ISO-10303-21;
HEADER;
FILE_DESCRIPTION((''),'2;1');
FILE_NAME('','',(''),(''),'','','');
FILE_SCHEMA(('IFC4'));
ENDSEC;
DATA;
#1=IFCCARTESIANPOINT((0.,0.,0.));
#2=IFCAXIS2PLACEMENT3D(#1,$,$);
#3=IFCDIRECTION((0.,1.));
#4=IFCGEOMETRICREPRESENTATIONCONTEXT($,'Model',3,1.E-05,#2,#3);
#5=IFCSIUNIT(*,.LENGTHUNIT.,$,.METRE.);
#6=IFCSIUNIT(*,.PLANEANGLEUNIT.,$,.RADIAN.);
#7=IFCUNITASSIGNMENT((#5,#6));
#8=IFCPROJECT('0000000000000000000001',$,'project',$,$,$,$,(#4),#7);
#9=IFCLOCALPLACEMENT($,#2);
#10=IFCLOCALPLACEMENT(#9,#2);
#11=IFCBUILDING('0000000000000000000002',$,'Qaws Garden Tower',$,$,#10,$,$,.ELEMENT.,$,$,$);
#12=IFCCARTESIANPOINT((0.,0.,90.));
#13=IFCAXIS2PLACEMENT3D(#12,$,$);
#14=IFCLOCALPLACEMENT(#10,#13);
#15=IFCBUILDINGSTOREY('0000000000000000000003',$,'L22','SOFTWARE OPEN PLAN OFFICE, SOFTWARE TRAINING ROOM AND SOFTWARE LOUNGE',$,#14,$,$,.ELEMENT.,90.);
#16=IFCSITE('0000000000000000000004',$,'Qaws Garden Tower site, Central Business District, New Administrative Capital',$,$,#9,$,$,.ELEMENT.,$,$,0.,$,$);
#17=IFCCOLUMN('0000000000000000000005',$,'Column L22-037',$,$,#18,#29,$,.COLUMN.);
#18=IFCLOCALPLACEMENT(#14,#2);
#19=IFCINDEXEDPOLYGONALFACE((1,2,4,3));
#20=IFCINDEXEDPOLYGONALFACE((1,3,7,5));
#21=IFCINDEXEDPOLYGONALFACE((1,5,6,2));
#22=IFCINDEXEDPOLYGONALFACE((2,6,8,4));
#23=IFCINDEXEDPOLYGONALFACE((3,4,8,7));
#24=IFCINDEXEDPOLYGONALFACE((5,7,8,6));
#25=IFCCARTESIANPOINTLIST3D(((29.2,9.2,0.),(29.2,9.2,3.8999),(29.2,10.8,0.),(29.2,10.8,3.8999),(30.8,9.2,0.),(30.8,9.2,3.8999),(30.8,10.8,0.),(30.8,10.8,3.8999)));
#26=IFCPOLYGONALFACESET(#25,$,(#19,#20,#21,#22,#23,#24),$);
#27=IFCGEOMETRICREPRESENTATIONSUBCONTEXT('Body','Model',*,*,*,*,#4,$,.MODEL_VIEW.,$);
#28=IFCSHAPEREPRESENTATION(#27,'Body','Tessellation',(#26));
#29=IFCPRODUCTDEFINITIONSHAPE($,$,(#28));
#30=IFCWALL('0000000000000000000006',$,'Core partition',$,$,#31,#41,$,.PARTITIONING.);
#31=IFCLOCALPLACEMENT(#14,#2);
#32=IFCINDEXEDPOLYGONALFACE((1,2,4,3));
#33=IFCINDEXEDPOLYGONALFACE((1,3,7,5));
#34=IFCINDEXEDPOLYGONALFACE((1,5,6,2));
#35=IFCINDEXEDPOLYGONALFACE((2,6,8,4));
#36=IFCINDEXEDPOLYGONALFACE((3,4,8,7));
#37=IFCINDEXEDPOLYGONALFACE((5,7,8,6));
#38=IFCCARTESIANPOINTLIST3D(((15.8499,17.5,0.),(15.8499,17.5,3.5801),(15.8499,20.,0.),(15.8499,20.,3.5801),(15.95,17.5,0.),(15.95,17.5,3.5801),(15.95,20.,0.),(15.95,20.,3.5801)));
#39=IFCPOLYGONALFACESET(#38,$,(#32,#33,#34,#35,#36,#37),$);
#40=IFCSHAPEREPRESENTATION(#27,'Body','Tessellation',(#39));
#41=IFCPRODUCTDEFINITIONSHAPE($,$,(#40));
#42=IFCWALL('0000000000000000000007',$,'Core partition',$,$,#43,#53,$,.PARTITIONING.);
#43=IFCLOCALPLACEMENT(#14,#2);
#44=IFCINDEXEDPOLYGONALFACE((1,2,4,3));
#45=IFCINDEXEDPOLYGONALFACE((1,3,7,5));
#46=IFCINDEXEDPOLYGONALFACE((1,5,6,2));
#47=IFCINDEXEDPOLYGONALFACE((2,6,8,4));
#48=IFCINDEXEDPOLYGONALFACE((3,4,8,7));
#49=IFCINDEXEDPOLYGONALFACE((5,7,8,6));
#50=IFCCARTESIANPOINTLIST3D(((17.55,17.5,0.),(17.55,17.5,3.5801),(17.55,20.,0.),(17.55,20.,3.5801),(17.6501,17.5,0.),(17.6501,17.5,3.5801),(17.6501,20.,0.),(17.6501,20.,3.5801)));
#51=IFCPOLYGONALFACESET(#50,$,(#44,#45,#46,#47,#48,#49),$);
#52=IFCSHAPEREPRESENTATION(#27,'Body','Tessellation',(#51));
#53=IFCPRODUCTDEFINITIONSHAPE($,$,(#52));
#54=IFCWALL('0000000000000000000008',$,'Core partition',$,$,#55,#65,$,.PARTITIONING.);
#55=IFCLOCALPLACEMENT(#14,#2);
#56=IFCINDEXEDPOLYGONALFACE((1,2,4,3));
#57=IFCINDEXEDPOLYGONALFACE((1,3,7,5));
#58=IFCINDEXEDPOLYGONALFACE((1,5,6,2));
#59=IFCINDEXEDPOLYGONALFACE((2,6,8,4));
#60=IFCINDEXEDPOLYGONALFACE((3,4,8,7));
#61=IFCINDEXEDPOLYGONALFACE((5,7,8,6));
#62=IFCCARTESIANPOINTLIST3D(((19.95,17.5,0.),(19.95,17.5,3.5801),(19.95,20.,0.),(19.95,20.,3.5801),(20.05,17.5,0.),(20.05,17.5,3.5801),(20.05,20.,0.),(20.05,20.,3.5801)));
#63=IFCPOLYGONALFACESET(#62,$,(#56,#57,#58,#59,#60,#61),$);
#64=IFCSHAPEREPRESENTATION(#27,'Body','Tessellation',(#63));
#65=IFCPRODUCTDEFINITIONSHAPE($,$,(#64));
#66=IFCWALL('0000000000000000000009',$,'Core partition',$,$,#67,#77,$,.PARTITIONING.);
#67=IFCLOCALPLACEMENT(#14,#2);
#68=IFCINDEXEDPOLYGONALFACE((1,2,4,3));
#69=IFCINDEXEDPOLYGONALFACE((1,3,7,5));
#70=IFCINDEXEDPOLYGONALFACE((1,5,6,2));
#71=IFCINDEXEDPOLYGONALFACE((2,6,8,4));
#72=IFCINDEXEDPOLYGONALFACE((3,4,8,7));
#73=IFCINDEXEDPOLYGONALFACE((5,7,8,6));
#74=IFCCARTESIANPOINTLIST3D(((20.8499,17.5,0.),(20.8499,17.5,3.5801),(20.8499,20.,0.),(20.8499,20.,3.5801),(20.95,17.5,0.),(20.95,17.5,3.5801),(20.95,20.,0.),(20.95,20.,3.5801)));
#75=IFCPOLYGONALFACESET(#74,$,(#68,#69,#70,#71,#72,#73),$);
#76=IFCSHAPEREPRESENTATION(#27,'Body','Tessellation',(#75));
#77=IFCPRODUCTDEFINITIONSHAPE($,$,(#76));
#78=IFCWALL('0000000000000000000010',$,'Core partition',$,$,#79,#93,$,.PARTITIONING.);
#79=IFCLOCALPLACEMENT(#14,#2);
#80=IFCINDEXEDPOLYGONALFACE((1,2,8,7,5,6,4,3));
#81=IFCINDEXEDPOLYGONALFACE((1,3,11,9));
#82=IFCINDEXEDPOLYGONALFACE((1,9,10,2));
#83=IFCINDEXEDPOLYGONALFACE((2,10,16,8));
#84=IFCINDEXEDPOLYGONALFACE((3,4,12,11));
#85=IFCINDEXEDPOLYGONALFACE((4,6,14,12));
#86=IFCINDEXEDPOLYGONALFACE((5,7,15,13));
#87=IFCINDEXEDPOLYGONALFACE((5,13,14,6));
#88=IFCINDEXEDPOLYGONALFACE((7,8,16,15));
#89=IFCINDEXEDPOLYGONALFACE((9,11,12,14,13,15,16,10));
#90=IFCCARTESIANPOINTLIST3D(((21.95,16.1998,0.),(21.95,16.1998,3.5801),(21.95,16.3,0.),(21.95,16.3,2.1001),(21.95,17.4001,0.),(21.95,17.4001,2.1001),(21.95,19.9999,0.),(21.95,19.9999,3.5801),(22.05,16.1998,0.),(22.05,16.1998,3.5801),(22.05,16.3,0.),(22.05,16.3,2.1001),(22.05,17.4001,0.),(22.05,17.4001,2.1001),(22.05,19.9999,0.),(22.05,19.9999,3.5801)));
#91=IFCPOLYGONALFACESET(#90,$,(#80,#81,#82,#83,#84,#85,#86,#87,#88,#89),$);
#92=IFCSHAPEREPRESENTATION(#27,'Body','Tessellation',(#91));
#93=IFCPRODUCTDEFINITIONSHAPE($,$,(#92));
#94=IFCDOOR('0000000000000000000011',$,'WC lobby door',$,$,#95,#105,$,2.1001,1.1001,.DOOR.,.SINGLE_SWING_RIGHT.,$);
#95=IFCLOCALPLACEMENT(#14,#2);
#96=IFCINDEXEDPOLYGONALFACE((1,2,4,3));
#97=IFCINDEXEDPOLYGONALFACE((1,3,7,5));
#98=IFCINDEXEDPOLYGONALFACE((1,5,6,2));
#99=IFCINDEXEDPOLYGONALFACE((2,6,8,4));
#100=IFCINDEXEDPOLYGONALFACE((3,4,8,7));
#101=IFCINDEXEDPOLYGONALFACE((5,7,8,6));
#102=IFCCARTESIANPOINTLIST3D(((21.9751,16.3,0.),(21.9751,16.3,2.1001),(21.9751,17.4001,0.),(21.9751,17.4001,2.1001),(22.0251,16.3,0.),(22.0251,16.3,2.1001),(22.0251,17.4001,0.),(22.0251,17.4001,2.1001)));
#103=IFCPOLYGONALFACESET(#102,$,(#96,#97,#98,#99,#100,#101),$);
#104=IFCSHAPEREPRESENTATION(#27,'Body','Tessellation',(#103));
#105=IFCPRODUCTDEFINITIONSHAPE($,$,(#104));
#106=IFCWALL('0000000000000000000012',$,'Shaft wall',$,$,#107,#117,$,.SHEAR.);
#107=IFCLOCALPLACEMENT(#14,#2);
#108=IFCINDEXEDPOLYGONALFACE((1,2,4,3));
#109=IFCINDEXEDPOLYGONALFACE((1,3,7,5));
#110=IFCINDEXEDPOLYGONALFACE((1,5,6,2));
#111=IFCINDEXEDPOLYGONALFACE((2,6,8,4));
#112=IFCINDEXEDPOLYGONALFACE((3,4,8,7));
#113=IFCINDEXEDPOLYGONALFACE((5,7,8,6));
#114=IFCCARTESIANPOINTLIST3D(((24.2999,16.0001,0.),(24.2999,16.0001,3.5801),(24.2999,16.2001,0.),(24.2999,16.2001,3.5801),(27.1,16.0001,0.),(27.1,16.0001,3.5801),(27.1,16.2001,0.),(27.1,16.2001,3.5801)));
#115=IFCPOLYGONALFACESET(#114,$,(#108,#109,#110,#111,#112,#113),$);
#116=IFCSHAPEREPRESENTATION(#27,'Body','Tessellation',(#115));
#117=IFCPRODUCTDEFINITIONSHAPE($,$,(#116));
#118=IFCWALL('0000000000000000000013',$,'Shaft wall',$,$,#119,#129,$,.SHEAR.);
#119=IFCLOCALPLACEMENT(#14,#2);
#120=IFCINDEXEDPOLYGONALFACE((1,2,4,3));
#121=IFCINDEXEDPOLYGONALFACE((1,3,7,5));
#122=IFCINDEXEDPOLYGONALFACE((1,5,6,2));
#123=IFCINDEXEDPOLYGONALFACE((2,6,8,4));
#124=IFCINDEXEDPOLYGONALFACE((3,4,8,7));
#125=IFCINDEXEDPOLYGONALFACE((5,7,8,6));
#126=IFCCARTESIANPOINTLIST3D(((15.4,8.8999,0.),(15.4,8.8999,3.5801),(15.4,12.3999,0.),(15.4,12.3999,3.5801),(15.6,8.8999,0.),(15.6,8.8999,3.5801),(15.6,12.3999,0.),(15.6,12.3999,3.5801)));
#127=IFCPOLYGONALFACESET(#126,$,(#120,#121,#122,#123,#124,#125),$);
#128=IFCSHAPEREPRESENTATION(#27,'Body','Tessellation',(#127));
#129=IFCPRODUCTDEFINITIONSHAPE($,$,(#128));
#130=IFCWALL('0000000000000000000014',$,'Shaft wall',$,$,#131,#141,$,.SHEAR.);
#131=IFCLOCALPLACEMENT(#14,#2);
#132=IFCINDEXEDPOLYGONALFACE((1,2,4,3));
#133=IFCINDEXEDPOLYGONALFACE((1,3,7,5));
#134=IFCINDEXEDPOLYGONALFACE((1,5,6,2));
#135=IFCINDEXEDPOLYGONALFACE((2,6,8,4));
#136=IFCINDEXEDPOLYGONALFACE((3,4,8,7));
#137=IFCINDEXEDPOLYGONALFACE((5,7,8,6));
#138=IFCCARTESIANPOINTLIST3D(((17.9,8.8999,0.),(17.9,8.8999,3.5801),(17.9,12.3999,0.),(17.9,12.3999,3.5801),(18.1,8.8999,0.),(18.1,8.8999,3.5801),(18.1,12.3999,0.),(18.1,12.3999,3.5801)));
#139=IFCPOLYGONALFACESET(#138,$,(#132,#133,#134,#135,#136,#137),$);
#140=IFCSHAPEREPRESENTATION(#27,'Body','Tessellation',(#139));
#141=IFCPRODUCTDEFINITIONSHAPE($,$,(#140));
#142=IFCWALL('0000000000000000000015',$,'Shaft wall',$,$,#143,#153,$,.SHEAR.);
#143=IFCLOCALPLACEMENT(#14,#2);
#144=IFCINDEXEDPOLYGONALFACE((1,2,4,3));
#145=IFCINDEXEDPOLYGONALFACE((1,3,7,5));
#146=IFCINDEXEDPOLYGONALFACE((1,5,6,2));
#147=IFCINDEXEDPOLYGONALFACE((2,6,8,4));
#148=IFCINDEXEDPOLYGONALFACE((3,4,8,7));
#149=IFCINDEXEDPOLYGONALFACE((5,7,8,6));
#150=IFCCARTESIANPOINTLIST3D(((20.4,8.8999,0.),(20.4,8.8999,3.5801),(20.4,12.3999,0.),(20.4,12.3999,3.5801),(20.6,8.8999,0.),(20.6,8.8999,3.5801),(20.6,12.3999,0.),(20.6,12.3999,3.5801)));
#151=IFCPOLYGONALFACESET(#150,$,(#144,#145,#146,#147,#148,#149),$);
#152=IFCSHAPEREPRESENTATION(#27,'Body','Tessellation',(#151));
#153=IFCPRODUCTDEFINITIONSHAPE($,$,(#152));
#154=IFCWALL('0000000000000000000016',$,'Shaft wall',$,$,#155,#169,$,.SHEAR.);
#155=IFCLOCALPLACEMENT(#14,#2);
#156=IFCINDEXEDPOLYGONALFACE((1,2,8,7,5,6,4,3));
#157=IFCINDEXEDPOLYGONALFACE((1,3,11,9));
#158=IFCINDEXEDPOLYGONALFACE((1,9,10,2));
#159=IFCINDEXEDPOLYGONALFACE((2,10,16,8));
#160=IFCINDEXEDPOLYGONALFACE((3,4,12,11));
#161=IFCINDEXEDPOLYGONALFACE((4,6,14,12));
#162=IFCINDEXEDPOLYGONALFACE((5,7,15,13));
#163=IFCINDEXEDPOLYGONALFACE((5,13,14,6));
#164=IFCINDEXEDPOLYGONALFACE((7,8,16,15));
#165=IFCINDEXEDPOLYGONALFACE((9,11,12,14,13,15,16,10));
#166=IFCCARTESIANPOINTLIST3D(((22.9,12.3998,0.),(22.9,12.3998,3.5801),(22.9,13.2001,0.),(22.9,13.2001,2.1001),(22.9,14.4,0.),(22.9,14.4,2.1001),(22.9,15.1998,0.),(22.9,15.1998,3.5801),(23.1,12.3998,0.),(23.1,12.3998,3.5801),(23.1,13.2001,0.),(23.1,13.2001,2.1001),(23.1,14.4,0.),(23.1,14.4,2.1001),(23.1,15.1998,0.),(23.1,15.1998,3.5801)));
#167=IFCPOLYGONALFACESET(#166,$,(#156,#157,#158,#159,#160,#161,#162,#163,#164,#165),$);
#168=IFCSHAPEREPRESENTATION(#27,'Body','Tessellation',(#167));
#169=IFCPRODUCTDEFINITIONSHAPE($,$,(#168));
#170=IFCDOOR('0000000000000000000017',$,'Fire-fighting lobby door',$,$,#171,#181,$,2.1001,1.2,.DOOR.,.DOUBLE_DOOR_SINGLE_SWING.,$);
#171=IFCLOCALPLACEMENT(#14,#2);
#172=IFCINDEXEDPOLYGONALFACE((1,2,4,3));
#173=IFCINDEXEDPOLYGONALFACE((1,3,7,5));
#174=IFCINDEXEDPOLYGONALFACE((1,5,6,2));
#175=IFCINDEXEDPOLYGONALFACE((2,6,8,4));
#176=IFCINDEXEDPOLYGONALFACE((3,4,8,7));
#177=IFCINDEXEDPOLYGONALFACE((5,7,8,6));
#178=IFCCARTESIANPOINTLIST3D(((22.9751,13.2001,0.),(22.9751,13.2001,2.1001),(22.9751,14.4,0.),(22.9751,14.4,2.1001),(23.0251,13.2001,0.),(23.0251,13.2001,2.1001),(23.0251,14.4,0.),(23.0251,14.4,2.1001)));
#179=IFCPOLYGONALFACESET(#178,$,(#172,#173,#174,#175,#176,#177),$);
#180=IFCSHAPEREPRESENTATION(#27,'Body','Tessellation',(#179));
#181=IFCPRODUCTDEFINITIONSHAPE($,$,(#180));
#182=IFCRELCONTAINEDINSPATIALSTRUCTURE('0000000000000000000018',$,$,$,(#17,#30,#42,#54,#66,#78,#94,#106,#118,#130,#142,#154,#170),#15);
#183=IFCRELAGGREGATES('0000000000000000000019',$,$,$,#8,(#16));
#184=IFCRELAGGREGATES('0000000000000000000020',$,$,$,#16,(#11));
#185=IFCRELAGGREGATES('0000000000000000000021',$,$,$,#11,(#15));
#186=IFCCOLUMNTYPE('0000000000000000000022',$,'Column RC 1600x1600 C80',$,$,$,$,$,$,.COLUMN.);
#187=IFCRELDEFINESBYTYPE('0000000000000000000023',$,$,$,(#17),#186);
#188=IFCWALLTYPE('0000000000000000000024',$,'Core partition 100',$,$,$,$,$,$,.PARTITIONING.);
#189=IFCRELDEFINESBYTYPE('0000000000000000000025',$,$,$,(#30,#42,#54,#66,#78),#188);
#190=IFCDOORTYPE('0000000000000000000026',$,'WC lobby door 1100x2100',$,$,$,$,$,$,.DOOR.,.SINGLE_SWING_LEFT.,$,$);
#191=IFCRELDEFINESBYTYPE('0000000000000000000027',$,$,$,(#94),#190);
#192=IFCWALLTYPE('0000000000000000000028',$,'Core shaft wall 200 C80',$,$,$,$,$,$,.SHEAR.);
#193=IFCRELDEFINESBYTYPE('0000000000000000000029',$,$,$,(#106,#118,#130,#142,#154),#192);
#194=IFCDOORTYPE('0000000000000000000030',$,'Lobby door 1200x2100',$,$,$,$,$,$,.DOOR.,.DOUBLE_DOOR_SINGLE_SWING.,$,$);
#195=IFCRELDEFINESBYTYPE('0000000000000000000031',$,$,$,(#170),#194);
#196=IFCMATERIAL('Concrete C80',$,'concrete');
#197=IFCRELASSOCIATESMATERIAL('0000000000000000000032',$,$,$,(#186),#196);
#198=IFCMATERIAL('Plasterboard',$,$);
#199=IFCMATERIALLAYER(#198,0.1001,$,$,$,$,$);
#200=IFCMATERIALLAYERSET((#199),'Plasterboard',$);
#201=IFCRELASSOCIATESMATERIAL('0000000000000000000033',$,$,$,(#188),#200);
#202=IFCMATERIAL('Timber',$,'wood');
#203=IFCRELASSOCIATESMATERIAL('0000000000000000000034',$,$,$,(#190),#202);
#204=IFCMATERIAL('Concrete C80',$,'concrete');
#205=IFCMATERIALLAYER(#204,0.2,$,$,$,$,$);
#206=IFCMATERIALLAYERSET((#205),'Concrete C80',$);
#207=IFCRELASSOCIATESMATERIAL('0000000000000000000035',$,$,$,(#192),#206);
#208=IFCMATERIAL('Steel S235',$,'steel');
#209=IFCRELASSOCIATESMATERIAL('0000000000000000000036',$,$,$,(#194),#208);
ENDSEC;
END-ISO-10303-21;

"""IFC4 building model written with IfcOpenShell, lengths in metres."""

from ifc_helpers import new_model, si_unit, direction, frame, frame_2d, origin, origin_2d, place, context, subcontext, project, spatial, rectangle, extrude, material, layer, layer_set, material_profile, profile_set, type_object, element, fill, save


model = new_model("IFC4")

# Units and contexts
model_context = context("Model", 3, precision=1e-05, world=origin(), true_north=direction((0.0, 1.0)))
body_context = subcontext(model_context, "Body", "Model", "MODEL_VIEW")
ifc_project = project(units=[si_unit("LENGTHUNIT", "METRE"), si_unit("PLANEANGLEUNIT", "RADIAN")], contexts=[model_context])

# Site, building, storey
site_placement = place(None, origin())
site = spatial("IfcSite", under=ifc_project, at=site_placement, Name="Qaws Garden Tower site, Central Business District, New Administrative Capital", CompositionType="ELEMENT", RefElevation=0.0)
building_placement = place(site_placement, origin())
building = spatial("IfcBuilding", under=site, at=building_placement, Name="Qaws Garden Tower", CompositionType="ELEMENT")
storey_placement = place(building_placement, frame((0.0, 0.0, 90.0)))
storey = spatial("IfcBuildingStorey", under=building, at=storey_placement, Name="L22", Description="SOFTWARE OPEN PLAN OFFICE, SOFTWARE TRAINING ROOM AND SOFTWARE LOUNGE", CompositionType="ELEMENT", Elevation=90.0)

# Column
ifc_material_1 = material(Name="Concrete C80", Category="concrete")
ifc_material_profile = material_profile(ifc_material_1, rectangle(XDim=1.6001, YDim=1.6001, at=origin_2d()), Name="RC 1600x1600")
ifc_profile_set = profile_set([ifc_material_profile], Name="Concrete C80")
column_type = type_object("IfcColumnType", Name="Column RC 1600x1600 C80", PredefinedType="COLUMN", material=ifc_profile_set)
column_placement = place(storey_placement, frame((30.0, 10.0, 0.0), z_axis=(0.0, 0.0, 1.0), x_axis=(1.0, 0.0, 0.0)))
element("IfcColumn", 1, at=column_placement, inside=storey, type_object=column_type, Name="Column L22-037", PredefinedType="COLUMN", context=body_context, shape_type="SweptSolid", body=[
    extrude(rectangle(XDim=1.6001, YDim=1.6001, at=origin_2d()), origin(), (0.0, 0.0, 1.0), 3.8999),
])

# Walls
ifc_material_2 = material(Name="Plasterboard")
ifc_layer_1 = layer(ifc_material_2, 0.1001)
ifc_layer_set_1 = layer_set([ifc_layer_1], Name="Plasterboard")
wall_type_1 = type_object("IfcWallType", Name="Core partition 100", PredefinedType="PARTITIONING", material=ifc_layer_set_1)
for number, where, z_axis, x_axis, name in (
    (2, (15.8999, 17.5, 0.0), (0.0, 0.0, 1.0), (0.0, 1.0, 0.0), "Core partition"),
    (3, (17.6001, 17.5, 0.0), (0.0, 0.0, 1.0), (0.0, 1.0, 0.0), "Core partition"),
    (4, (20.0, 17.5, 0.0), (0.0, 0.0, 1.0), (0.0, 1.0, 0.0), "Core partition"),
    (5, (20.8999, 17.5, 0.0), (0.0, 0.0, 1.0), (0.0, 1.0, 0.0), "Core partition"),
):
    element("IfcWall", number, at=place(storey_placement, frame(where, z_axis=z_axis, x_axis=x_axis)), inside=storey, type_object=wall_type_1, Name=name, PredefinedType="PARTITIONING", context=body_context, shape_type="SweptSolid", body=[
        extrude(rectangle(XDim=2.5, YDim=0.1001, at=frame_2d((1.25, 0.0))), origin(), (0.0, 0.0, 1.0), 3.5801),
    ])

# Wall, opening, door
wall_1_placement = place(storey_placement, frame((22.0, 16.2, 0.0), z_axis=(0.0, 0.0, 1.0), x_axis=(0.0, 1.0, 0.0)))
wall_1 = element("IfcWall", 6, at=wall_1_placement, inside=storey, type_object=wall_type_1, Name="Core partition", PredefinedType="PARTITIONING", context=body_context, shape_type="SweptSolid", body=[
    extrude(rectangle(XDim=3.8, YDim=0.1001, at=frame_2d((1.8999, 0.0))), origin(), (0.0, 0.0, 1.0), 3.5801),
])
opening_1_placement = place(wall_1_placement, frame((0.1001, 0.0, 0.0)))
opening_1 = element("IfcOpeningElement", 7, at=opening_1_placement, cuts=wall_1, PredefinedType="OPENING", context=body_context, shape_type="SweptSolid", body=[
    extrude(rectangle(XDim=1.1001, YDim=2.1001, at=frame_2d((0.55, 1.05))), frame((0.0, 0.0601, 0.0), z_axis=(0.0, -1.0, 0.0), x_axis=(1.0, 0.0, 0.0)), (0.0, 0.0, 1.0), 0.1201),
])
ifc_material_3 = material(Name="Timber", Category="wood")
door_type_1 = type_object("IfcDoorType", Name="WC lobby door 1100x2100", OperationType="SINGLE_SWING_LEFT", PredefinedType="DOOR", material=ifc_material_3)
door_1_placement = place(opening_1_placement, origin())
door_1 = element("IfcDoor", 8, at=door_1_placement, inside=storey, type_object=door_type_1, Name="WC lobby door", OperationType="SINGLE_SWING_RIGHT", OverallHeight=2.1001, OverallWidth=1.1001, PredefinedType="DOOR", context=body_context, shape_type="SweptSolid", body=[
    extrude(rectangle(XDim=1.1001, YDim=2.1001, at=frame_2d((0.55, 1.05))), frame((0.0, 0.0249, 0.0), z_axis=(0.0, -1.0, 0.0), x_axis=(1.0, 0.0, 0.0)), (0.0, 0.0, 1.0), 0.05),
])
fill(opening_1, door_1)

# Walls
ifc_material_4 = material(Name="Concrete C80", Category="concrete")
ifc_layer_2 = layer(ifc_material_4, 0.2)
ifc_layer_set_2 = layer_set([ifc_layer_2], Name="Concrete C80")
wall_type_2 = type_object("IfcWallType", Name="Core shaft wall 200 C80", PredefinedType="SHEAR", material=ifc_layer_set_2)
wall_2_placement = place(storey_placement, frame((24.3, 16.1001, 0.0), z_axis=(0.0, 0.0, 1.0), x_axis=(1.0, 0.0, 0.0)))
element("IfcWall", 9, at=wall_2_placement, inside=storey, type_object=wall_type_2, Name="Shaft wall", PredefinedType="SHEAR", context=body_context, shape_type="SweptSolid", body=[
    extrude(rectangle(XDim=2.8, YDim=0.2, at=frame_2d((1.3999, 0.0))), origin(), (0.0, 0.0, 1.0), 3.5801),
])
for number, where, z_axis, x_axis, name in (
    (10, (15.5, 8.8999, 0.0), (0.0, 0.0, 1.0), (0.0, 1.0, 0.0), "Shaft wall"),
    (11, (18.0, 8.8999, 0.0), (0.0, 0.0, 1.0), (0.0, 1.0, 0.0), "Shaft wall"),
    (12, (20.5, 8.8999, 0.0), (0.0, 0.0, 1.0), (0.0, 1.0, 0.0), "Shaft wall"),
):
    element("IfcWall", number, at=place(storey_placement, frame(where, z_axis=z_axis, x_axis=x_axis)), inside=storey, type_object=wall_type_2, Name=name, PredefinedType="SHEAR", context=body_context, shape_type="SweptSolid", body=[
        extrude(rectangle(XDim=3.5, YDim=0.2, at=frame_2d((1.75, 0.0))), origin(), (0.0, 0.0, 1.0), 3.5801),
    ])

# Wall, opening, door
wall_3_placement = place(storey_placement, frame((23.0, 12.3999, 0.0), z_axis=(0.0, 0.0, 1.0), x_axis=(0.0, 1.0, 0.0)))
wall_3 = element("IfcWall", 13, at=wall_3_placement, inside=storey, type_object=wall_type_2, Name="Shaft wall", PredefinedType="SHEAR", context=body_context, shape_type="SweptSolid", body=[
    extrude(rectangle(XDim=2.8, YDim=0.2, at=frame_2d((1.3999, 0.0))), origin(), (0.0, 0.0, 1.0), 3.5801),
])
opening_2_placement = place(wall_3_placement, frame((0.8, 0.0, 0.0)))
opening_2 = element("IfcOpeningElement", 14, at=opening_2_placement, cuts=wall_3, PredefinedType="OPENING", context=body_context, shape_type="SweptSolid", body=[
    extrude(rectangle(XDim=1.2, YDim=2.1001, at=frame_2d((0.6001, 1.05))), frame((0.0, 0.1099, 0.0), z_axis=(0.0, -1.0, 0.0), x_axis=(1.0, 0.0, 0.0)), (0.0, 0.0, 1.0), 0.22),
])
ifc_material_5 = material(Name="Steel S235", Category="steel")
door_type_2 = type_object("IfcDoorType", Name="Lobby door 1200x2100", OperationType="DOUBLE_DOOR_SINGLE_SWING", PredefinedType="DOOR", material=ifc_material_5)
door_2_placement = place(opening_2_placement, origin())
door_2 = element("IfcDoor", 15, at=door_2_placement, inside=storey, type_object=door_type_2, Name="Fire-fighting lobby door", OperationType="DOUBLE_DOOR_SINGLE_SWING", OverallHeight=2.1001, OverallWidth=1.2, PredefinedType="DOOR", context=body_context, shape_type="SweptSolid", body=[
    extrude(rectangle(XDim=1.2, YDim=2.1001, at=frame_2d((0.6001, 1.05))), frame((0.0, 0.0249, 0.0), z_axis=(0.0, -1.0, 0.0), x_axis=(1.0, 0.0, 0.0)), (0.0, 0.0, 1.0), 0.05),
])
fill(opening_2, door_2)

save(model, "model.ifc")
